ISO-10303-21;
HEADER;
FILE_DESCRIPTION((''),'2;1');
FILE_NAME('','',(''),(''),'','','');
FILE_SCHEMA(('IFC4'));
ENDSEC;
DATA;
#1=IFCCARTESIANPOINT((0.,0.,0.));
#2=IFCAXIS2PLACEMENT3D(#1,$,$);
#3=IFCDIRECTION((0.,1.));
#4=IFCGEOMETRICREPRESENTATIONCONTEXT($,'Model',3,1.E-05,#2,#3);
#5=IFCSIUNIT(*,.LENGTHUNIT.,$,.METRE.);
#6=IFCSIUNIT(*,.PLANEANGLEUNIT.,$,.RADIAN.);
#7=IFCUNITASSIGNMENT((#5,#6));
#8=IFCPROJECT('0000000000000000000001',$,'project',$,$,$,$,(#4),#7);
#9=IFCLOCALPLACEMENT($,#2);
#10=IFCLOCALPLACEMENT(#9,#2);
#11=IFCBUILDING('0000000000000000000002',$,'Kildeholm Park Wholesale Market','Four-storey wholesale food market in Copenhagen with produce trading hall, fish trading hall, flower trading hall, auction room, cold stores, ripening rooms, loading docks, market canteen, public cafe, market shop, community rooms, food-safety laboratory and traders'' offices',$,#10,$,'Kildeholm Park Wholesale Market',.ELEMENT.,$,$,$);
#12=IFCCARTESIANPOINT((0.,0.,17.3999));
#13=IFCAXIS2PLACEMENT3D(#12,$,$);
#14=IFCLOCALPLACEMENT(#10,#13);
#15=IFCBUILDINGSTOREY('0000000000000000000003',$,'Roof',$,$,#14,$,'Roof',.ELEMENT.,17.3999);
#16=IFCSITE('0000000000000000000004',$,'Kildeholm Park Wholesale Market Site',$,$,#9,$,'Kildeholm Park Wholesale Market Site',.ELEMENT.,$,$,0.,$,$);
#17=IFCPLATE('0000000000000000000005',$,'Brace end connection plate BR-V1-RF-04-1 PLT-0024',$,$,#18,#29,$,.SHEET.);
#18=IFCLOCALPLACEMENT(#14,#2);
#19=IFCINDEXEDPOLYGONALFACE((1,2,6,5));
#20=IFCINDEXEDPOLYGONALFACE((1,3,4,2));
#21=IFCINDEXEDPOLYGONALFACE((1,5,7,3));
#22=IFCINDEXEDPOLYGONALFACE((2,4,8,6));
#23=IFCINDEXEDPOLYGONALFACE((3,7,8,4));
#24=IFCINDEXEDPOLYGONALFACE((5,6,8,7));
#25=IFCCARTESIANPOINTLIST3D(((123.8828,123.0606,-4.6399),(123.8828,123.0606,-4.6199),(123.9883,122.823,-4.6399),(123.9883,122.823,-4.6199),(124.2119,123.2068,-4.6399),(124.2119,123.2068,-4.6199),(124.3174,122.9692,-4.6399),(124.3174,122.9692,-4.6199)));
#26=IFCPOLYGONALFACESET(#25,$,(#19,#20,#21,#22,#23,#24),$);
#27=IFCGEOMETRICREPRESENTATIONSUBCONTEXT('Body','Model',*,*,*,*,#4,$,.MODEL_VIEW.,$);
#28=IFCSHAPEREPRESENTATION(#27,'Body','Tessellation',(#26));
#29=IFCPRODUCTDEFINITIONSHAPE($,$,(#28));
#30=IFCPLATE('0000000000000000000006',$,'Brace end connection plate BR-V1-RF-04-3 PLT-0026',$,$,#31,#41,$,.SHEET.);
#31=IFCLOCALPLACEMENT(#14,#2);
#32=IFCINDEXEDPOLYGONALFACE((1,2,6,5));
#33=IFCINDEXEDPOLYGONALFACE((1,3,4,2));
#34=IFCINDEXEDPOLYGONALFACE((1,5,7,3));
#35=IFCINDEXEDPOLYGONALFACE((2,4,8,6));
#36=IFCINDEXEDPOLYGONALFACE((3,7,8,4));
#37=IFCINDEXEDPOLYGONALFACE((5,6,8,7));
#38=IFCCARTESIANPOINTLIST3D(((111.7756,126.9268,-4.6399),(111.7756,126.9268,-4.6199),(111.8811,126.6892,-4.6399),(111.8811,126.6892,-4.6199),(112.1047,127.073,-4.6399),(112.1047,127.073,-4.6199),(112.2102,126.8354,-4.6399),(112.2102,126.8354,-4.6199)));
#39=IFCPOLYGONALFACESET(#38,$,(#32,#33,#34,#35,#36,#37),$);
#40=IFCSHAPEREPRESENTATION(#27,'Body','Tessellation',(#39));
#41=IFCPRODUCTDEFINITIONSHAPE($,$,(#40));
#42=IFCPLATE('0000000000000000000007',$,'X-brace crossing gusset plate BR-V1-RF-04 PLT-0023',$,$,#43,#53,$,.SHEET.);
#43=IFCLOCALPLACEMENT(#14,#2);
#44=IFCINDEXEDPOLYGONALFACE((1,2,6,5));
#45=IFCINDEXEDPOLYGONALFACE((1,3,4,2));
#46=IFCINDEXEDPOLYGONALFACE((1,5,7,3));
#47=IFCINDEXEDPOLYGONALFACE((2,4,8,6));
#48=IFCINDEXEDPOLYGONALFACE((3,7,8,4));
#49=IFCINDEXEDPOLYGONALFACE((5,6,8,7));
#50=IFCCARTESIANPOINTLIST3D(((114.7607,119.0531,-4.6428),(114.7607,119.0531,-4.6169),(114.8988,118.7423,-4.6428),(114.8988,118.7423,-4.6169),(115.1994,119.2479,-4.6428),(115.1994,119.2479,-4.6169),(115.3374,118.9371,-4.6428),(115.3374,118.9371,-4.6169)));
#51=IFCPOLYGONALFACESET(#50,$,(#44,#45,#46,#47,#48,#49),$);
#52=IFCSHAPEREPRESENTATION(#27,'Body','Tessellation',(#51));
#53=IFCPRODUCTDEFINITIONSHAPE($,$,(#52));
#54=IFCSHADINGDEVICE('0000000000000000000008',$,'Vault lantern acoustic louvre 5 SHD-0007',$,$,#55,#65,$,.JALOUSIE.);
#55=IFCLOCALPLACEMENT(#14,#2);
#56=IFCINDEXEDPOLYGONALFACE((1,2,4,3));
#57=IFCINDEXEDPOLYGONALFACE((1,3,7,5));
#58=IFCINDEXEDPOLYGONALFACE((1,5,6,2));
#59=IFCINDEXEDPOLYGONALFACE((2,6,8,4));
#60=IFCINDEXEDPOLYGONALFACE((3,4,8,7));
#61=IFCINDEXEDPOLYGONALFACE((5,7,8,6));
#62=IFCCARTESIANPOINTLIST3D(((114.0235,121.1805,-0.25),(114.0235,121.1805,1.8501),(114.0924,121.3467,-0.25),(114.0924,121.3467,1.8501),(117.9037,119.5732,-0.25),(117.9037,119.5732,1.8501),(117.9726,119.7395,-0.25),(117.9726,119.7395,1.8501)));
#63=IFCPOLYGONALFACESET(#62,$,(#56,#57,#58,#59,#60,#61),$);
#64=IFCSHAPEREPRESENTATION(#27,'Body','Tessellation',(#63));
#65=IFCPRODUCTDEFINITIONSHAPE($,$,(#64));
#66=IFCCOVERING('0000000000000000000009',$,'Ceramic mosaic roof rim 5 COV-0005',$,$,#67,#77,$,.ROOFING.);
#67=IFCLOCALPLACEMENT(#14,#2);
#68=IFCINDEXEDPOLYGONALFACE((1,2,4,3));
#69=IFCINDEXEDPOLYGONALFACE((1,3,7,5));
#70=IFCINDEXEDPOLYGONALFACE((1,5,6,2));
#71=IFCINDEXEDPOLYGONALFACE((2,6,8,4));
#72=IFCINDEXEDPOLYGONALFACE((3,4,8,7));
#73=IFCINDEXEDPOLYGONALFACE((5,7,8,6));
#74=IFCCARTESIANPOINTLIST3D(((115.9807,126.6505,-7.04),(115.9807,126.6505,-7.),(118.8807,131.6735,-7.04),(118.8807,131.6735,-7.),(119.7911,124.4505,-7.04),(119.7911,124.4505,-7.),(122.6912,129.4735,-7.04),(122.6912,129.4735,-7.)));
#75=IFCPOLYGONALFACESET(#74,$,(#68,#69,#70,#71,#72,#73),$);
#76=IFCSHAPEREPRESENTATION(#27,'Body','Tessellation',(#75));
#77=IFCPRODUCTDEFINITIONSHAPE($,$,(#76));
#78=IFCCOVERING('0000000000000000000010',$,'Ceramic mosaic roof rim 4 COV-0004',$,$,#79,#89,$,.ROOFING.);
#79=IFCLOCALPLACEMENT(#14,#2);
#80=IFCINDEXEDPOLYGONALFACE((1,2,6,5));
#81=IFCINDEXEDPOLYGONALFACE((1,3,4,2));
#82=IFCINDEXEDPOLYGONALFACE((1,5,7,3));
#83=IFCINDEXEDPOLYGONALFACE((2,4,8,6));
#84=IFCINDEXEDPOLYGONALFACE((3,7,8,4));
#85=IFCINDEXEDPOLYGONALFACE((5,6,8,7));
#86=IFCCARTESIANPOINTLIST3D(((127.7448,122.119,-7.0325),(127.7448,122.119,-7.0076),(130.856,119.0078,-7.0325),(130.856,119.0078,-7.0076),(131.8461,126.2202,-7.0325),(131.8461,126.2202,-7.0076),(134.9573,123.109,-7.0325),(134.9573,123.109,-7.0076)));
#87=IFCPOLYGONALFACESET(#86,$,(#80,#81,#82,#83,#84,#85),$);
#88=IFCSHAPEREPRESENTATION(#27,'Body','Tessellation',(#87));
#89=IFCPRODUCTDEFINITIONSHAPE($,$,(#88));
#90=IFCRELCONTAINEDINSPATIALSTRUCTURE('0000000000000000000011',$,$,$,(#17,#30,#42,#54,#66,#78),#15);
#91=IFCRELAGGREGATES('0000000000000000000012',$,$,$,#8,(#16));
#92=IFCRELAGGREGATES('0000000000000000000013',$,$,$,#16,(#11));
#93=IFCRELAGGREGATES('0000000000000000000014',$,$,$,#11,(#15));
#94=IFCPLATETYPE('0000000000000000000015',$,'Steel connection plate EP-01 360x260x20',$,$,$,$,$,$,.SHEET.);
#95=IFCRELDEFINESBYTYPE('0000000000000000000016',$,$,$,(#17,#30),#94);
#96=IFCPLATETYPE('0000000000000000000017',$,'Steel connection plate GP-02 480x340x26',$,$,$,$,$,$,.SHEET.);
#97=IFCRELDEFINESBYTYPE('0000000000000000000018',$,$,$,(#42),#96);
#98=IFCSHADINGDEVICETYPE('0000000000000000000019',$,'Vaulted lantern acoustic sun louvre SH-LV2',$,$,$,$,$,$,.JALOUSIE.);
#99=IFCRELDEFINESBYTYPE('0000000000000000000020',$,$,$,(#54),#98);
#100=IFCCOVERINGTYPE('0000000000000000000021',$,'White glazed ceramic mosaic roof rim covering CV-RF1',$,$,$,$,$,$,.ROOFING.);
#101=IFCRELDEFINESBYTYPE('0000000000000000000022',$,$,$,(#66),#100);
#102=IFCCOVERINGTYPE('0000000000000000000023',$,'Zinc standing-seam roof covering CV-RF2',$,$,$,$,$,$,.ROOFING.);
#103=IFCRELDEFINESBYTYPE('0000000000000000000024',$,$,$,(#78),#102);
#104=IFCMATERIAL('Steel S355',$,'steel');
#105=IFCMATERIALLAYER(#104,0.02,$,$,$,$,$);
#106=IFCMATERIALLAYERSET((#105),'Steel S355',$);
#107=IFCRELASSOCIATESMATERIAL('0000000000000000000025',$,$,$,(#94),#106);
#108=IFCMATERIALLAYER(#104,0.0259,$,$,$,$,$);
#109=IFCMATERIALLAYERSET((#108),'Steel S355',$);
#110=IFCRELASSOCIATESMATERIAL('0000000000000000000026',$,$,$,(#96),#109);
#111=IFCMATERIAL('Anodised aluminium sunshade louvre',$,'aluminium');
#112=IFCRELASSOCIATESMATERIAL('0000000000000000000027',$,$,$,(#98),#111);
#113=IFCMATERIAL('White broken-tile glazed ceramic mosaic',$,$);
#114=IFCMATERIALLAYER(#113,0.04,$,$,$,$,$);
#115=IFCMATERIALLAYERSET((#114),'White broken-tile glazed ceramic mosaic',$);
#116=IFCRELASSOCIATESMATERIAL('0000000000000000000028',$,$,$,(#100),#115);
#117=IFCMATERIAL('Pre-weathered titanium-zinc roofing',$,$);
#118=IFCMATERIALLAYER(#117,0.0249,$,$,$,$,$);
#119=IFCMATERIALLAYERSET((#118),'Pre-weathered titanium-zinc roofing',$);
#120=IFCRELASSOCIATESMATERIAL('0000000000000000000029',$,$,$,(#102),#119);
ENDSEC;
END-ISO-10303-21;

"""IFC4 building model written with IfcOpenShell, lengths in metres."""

from ifc_helpers import new_model, si_unit, direction, frame, origin, origin_2d, place, context, subcontext, project, spatial, rectangle, extrude, material, layer, layer_set, type_object, element, save


model = new_model("IFC4")

# Units and contexts
model_context = context("Model", 3, precision=1e-05, world=origin(), true_north=direction((0.0, 1.0)))
body_context = subcontext(model_context, "Body", "Model", "MODEL_VIEW")
ifc_project = project(units=[si_unit("LENGTHUNIT", "METRE"), si_unit("PLANEANGLEUNIT", "RADIAN")], contexts=[model_context])

# Site, building, storey
site_placement = place(None, origin())
site = spatial("IfcSite", under=ifc_project, at=site_placement, Name="Kildeholm Park Wholesale Market Site", LongName="Kildeholm Park Wholesale Market Site", CompositionType="ELEMENT", RefElevation=0.0)
building_placement = place(site_placement, origin())
building = spatial("IfcBuilding", under=site, at=building_placement, Name="Kildeholm Park Wholesale Market", Description="Four-storey wholesale food market in Copenhagen with produce trading hall, fish trading hall, flower trading hall, auction room, cold stores, ripening rooms, loading docks, market canteen, public cafe, market shop, community rooms, food-safety laboratory and traders' offices", LongName="Kildeholm Park Wholesale Market", CompositionType="ELEMENT")
storey_placement = place(building_placement, frame((0.0, 0.0, 17.3999)))
storey = spatial("IfcBuildingStorey", under=building, at=storey_placement, Name="Roof", LongName="Roof", CompositionType="ELEMENT", Elevation=17.3999)

# Shared definitions
ifc_material_1 = material(Name="Steel S355", Category="steel")

# Plates
ifc_layer_1 = layer(ifc_material_1, 0.02)
ifc_layer_set_1 = layer_set([ifc_layer_1], Name="Steel S355")
plate_type_1 = type_object("IfcPlateType", Name="Steel connection plate EP-01 360x260x20", PredefinedType="SHEET", material=ifc_layer_set_1)
for number, where, z_axis, x_axis, name in (
    (1, (124.1001, 123.0149, -4.6399), (0.0, 0.0, 1.0), (-0.9139, -0.405939, 0.0), "Brace end connection plate BR-V1-RF-04-1 PLT-0024"),
    (2, (111.9929, 126.8811, -4.6399), (0.0, 0.0, 1.0), (-0.9139, -0.405939, 0.0), "Brace end connection plate BR-V1-RF-04-3 PLT-0026"),
):
    element("IfcPlate", number, at=place(storey_placement, frame(where, z_axis=z_axis, x_axis=x_axis)), inside=storey, type_object=plate_type_1, Name=name, PredefinedType="SHEET", context=body_context, shape_type="SweptSolid", body=[
        extrude(rectangle(XDim=0.3601, YDim=0.26, at=origin_2d()), origin(), (0.0, 0.0, 1.0), 0.02),
    ])
ifc_layer_2 = layer(ifc_material_1, 0.0259)
ifc_layer_set_2 = layer_set([ifc_layer_2], Name="Steel S355")
plate_type_2 = type_object("IfcPlateType", Name="Steel connection plate GP-02 480x340x26", PredefinedType="SHEET", material=ifc_layer_set_2)
plate_placement = place(storey_placement, frame((115.0491, 118.9951, -4.6428), z_axis=(0.0, 0.0, 1.0), x_axis=(-0.9139, -0.405939, 0.0)))
element("IfcPlate", 3, at=plate_placement, inside=storey, type_object=plate_type_2, Name="X-brace crossing gusset plate BR-V1-RF-04 PLT-0023", PredefinedType="SHEET", context=body_context, shape_type="SweptSolid", body=[
    extrude(rectangle(XDim=0.48, YDim=0.3401, at=origin_2d()), origin(), (0.0, 0.0, 1.0), 0.0259),
])

# Shading device
ifc_material_2 = material(Name="Anodised aluminium sunshade louvre", Category="aluminium")
shading_device_type = type_object("IfcShadingDeviceType", Name="Vaulted lantern acoustic sun louvre SH-LV2", PredefinedType="JALOUSIE", material=ifc_material_2)
shading_device_placement = place(storey_placement, frame((115.998, 120.46, -0.25), z_axis=(0.0, 0.0, 1.0), x_axis=(-0.92388, 0.382683, 0.0)))
element("IfcShadingDevice", 4, at=shading_device_placement, inside=storey, type_object=shading_device_type, Name="Vault lantern acoustic louvre 5 SHD-0007", PredefinedType="JALOUSIE", context=body_context, shape_type="SweptSolid", body=[
    extrude(rectangle(XDim=4.2, YDim=0.1799, at=origin_2d()), origin(), (0.0, 0.0, 1.0), 2.1001),
])

# Coverings
ifc_material_3 = material(Name="White broken-tile glazed ceramic mosaic")
ifc_layer_3 = layer(ifc_material_3, 0.04)
ifc_layer_set_3 = layer_set([ifc_layer_3], Name="White broken-tile glazed ceramic mosaic")
covering_type_1 = type_object("IfcCoveringType", Name="White glazed ceramic mosaic roof rim covering CV-RF1", PredefinedType="ROOFING", material=ifc_layer_set_3)
covering_1_placement = place(storey_placement, frame((119.3359, 128.062, -7.04), z_axis=(0.0, 0.0, 1.0), x_axis=(0.5, 0.866025, 0.0)))
element("IfcCovering", 5, at=covering_1_placement, inside=storey, type_object=covering_type_1, Name="Ceramic mosaic roof rim 5 COV-0005", PredefinedType="ROOFING", context=body_context, shape_type="SweptSolid", body=[
    extrude(rectangle(XDim=5.8, YDim=4.3999, at=origin_2d()), origin(), (0.0, 0.0, 1.0), 0.04),
])
ifc_material_4 = material(Name="Pre-weathered titanium-zinc roofing")
ifc_layer_4 = layer(ifc_material_4, 0.0249)
ifc_layer_set_4 = layer_set([ifc_layer_4], Name="Pre-weathered titanium-zinc roofing")
covering_type_2 = type_object("IfcCoveringType", Name="Zinc standing-seam roof covering CV-RF2", PredefinedType="ROOFING", material=ifc_layer_set_4)
covering_2_placement = place(storey_placement, frame((131.3511, 122.614, -7.0325), z_axis=(0.0, 0.0, 1.0), x_axis=(0.707107, 0.707107, 0.0)))
element("IfcCovering", 6, at=covering_2_placement, inside=storey, type_object=covering_type_2, Name="Ceramic mosaic roof rim 4 COV-0004", PredefinedType="ROOFING", context=body_context, shape_type="SweptSolid", body=[
    extrude(rectangle(XDim=5.8, YDim=4.3999, at=origin_2d()), origin(), (0.0, 0.0, 1.0), 0.0249),
])

save(model, "model.ifc")
